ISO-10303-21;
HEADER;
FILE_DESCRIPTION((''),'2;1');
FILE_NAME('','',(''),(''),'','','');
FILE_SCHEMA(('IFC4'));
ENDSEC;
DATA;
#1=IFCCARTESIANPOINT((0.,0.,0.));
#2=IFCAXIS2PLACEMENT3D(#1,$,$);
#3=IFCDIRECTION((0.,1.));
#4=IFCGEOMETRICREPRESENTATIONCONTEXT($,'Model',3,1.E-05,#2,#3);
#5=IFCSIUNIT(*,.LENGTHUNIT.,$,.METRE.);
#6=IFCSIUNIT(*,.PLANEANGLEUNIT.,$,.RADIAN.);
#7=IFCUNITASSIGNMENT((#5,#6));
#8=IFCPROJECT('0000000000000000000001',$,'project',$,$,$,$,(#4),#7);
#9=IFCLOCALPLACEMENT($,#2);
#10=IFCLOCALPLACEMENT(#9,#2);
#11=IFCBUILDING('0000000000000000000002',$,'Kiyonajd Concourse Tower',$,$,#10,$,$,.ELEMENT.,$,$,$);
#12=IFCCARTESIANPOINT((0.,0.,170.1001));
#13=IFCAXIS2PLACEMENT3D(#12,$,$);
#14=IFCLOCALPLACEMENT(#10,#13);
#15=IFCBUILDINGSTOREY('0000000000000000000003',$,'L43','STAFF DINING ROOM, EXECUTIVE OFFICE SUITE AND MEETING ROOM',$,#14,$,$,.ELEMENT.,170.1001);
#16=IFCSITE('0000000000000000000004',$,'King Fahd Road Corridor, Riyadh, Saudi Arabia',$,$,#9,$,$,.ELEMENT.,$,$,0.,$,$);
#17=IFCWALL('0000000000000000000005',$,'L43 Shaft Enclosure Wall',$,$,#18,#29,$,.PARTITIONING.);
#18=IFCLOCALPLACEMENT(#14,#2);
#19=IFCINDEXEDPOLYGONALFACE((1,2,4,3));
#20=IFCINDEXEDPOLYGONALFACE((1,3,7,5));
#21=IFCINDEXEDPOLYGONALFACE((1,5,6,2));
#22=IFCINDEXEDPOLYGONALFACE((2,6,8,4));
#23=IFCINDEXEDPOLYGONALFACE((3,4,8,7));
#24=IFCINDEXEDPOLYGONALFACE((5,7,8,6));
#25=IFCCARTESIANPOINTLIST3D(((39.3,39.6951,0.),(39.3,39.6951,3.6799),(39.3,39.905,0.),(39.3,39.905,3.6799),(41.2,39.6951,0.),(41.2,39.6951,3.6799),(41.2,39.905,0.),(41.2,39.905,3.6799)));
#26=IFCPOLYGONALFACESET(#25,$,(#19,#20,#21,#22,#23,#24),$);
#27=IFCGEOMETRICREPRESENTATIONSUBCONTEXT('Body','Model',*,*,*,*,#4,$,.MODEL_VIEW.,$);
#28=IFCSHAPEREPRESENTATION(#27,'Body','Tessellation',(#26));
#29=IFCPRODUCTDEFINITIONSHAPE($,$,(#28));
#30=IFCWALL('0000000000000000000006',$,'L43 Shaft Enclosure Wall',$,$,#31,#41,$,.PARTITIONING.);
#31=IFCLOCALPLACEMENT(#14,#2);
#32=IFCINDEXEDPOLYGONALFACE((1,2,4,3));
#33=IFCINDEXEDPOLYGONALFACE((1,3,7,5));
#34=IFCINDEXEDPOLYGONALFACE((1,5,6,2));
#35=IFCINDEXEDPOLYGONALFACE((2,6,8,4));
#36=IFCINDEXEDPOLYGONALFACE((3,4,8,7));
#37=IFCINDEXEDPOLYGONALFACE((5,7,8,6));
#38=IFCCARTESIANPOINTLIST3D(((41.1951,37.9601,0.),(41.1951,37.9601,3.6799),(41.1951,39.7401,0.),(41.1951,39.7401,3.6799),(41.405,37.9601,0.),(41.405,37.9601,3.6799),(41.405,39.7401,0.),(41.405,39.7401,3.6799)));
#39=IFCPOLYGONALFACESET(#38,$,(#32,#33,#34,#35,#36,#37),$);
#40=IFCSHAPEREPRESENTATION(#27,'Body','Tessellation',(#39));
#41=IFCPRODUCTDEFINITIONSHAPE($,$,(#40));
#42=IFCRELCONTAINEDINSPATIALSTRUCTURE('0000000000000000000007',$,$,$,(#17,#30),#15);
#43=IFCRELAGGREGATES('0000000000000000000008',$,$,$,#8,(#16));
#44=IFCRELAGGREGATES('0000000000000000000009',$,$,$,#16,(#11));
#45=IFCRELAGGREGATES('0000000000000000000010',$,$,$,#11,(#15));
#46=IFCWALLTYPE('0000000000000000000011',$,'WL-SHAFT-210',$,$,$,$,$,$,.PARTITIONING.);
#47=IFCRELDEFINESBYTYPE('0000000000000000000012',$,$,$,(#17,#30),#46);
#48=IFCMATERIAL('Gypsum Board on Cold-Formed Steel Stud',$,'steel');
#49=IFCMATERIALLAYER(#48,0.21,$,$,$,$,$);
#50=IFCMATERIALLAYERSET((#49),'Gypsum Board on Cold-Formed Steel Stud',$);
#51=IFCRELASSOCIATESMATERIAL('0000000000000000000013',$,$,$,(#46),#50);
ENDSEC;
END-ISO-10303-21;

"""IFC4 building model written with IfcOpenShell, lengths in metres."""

from ifc_helpers import new_model, si_unit, direction, frame, frame_2d, origin, place, context, subcontext, project, spatial, rectangle, extrude, material, layer, layer_set, type_object, element, save


model = new_model("IFC4")

# Units and contexts
model_context = context("Model", 3, precision=1e-05, world=origin(), true_north=direction((0.0, 1.0)))
body_context = subcontext(model_context, "Body", "Model", "MODEL_VIEW")
ifc_project = project(units=[si_unit("LENGTHUNIT", "METRE"), si_unit("PLANEANGLEUNIT", "RADIAN")], contexts=[model_context])

# Site, building, storey
site_placement = place(None, origin())
site = spatial("IfcSite", under=ifc_project, at=site_placement, Name="King Fahd Road Corridor, Riyadh, Saudi Arabia", CompositionType="ELEMENT", RefElevation=0.0)
building_placement = place(site_placement, origin())
building = spatial("IfcBuilding", under=site, at=building_placement, Name="Kiyonajd Concourse Tower", CompositionType="ELEMENT")
storey_placement = place(building_placement, frame((0.0, 0.0, 170.1001)))
storey = spatial("IfcBuildingStorey", under=building, at=storey_placement, Name="L43", Description="STAFF DINING ROOM, EXECUTIVE OFFICE SUITE AND MEETING ROOM", CompositionType="ELEMENT", Elevation=170.1001)

# Shared definitions
ifc_material_1 = material(Name="Gypsum Board on Cold-Formed Steel Stud", Category="steel")

# Shared definitions
ifc_layer_1 = layer(ifc_material_1, 0.21)
ifc_layer_set_1 = layer_set([ifc_layer_1], Name="Gypsum Board on Cold-Formed Steel Stud")
wall_type_1 = type_object("IfcWallType", Name="WL-SHAFT-210", PredefinedType="PARTITIONING", material=ifc_layer_set_1)

# Walls
for number, where, z_axis, x_axis, name in (
    (1, (39.3, 39.8, 0.0), (0.0, 0.0, 1.0), (1.0, 0.0, 0.0), "L43 Shaft Enclosure Wall"),
):
    element("IfcWall", number, at=place(storey_placement, frame(where, z_axis=z_axis, x_axis=x_axis)), inside=storey, type_object=wall_type_1, Name=name, PredefinedType="PARTITIONING", context=body_context, shape_type="SweptSolid", body=[
        extrude(rectangle(XDim=1.8999, YDim=0.21, at=frame_2d((0.95, 0.0))), origin(), (0.0, 0.0, 1.0), 3.6799),
    ])
wall_1_placement = place(storey_placement, frame((41.3, 37.96, 0.0), z_axis=(0.0, 0.0, 1.0), x_axis=(0.0, 1.0, 0.0)))
element("IfcWall", 2, at=wall_1_placement, inside=storey, type_object=wall_type_1, Name="L43 Shaft Enclosure Wall", PredefinedType="PARTITIONING", context=body_context, shape_type="SweptSolid", body=[
    extrude(rectangle(XDim=1.78, YDim=0.21, at=frame_2d((0.8901, 0.0))), origin(), (0.0, 0.0, 1.0), 3.6799),
])

save(model, "model.ifc")
